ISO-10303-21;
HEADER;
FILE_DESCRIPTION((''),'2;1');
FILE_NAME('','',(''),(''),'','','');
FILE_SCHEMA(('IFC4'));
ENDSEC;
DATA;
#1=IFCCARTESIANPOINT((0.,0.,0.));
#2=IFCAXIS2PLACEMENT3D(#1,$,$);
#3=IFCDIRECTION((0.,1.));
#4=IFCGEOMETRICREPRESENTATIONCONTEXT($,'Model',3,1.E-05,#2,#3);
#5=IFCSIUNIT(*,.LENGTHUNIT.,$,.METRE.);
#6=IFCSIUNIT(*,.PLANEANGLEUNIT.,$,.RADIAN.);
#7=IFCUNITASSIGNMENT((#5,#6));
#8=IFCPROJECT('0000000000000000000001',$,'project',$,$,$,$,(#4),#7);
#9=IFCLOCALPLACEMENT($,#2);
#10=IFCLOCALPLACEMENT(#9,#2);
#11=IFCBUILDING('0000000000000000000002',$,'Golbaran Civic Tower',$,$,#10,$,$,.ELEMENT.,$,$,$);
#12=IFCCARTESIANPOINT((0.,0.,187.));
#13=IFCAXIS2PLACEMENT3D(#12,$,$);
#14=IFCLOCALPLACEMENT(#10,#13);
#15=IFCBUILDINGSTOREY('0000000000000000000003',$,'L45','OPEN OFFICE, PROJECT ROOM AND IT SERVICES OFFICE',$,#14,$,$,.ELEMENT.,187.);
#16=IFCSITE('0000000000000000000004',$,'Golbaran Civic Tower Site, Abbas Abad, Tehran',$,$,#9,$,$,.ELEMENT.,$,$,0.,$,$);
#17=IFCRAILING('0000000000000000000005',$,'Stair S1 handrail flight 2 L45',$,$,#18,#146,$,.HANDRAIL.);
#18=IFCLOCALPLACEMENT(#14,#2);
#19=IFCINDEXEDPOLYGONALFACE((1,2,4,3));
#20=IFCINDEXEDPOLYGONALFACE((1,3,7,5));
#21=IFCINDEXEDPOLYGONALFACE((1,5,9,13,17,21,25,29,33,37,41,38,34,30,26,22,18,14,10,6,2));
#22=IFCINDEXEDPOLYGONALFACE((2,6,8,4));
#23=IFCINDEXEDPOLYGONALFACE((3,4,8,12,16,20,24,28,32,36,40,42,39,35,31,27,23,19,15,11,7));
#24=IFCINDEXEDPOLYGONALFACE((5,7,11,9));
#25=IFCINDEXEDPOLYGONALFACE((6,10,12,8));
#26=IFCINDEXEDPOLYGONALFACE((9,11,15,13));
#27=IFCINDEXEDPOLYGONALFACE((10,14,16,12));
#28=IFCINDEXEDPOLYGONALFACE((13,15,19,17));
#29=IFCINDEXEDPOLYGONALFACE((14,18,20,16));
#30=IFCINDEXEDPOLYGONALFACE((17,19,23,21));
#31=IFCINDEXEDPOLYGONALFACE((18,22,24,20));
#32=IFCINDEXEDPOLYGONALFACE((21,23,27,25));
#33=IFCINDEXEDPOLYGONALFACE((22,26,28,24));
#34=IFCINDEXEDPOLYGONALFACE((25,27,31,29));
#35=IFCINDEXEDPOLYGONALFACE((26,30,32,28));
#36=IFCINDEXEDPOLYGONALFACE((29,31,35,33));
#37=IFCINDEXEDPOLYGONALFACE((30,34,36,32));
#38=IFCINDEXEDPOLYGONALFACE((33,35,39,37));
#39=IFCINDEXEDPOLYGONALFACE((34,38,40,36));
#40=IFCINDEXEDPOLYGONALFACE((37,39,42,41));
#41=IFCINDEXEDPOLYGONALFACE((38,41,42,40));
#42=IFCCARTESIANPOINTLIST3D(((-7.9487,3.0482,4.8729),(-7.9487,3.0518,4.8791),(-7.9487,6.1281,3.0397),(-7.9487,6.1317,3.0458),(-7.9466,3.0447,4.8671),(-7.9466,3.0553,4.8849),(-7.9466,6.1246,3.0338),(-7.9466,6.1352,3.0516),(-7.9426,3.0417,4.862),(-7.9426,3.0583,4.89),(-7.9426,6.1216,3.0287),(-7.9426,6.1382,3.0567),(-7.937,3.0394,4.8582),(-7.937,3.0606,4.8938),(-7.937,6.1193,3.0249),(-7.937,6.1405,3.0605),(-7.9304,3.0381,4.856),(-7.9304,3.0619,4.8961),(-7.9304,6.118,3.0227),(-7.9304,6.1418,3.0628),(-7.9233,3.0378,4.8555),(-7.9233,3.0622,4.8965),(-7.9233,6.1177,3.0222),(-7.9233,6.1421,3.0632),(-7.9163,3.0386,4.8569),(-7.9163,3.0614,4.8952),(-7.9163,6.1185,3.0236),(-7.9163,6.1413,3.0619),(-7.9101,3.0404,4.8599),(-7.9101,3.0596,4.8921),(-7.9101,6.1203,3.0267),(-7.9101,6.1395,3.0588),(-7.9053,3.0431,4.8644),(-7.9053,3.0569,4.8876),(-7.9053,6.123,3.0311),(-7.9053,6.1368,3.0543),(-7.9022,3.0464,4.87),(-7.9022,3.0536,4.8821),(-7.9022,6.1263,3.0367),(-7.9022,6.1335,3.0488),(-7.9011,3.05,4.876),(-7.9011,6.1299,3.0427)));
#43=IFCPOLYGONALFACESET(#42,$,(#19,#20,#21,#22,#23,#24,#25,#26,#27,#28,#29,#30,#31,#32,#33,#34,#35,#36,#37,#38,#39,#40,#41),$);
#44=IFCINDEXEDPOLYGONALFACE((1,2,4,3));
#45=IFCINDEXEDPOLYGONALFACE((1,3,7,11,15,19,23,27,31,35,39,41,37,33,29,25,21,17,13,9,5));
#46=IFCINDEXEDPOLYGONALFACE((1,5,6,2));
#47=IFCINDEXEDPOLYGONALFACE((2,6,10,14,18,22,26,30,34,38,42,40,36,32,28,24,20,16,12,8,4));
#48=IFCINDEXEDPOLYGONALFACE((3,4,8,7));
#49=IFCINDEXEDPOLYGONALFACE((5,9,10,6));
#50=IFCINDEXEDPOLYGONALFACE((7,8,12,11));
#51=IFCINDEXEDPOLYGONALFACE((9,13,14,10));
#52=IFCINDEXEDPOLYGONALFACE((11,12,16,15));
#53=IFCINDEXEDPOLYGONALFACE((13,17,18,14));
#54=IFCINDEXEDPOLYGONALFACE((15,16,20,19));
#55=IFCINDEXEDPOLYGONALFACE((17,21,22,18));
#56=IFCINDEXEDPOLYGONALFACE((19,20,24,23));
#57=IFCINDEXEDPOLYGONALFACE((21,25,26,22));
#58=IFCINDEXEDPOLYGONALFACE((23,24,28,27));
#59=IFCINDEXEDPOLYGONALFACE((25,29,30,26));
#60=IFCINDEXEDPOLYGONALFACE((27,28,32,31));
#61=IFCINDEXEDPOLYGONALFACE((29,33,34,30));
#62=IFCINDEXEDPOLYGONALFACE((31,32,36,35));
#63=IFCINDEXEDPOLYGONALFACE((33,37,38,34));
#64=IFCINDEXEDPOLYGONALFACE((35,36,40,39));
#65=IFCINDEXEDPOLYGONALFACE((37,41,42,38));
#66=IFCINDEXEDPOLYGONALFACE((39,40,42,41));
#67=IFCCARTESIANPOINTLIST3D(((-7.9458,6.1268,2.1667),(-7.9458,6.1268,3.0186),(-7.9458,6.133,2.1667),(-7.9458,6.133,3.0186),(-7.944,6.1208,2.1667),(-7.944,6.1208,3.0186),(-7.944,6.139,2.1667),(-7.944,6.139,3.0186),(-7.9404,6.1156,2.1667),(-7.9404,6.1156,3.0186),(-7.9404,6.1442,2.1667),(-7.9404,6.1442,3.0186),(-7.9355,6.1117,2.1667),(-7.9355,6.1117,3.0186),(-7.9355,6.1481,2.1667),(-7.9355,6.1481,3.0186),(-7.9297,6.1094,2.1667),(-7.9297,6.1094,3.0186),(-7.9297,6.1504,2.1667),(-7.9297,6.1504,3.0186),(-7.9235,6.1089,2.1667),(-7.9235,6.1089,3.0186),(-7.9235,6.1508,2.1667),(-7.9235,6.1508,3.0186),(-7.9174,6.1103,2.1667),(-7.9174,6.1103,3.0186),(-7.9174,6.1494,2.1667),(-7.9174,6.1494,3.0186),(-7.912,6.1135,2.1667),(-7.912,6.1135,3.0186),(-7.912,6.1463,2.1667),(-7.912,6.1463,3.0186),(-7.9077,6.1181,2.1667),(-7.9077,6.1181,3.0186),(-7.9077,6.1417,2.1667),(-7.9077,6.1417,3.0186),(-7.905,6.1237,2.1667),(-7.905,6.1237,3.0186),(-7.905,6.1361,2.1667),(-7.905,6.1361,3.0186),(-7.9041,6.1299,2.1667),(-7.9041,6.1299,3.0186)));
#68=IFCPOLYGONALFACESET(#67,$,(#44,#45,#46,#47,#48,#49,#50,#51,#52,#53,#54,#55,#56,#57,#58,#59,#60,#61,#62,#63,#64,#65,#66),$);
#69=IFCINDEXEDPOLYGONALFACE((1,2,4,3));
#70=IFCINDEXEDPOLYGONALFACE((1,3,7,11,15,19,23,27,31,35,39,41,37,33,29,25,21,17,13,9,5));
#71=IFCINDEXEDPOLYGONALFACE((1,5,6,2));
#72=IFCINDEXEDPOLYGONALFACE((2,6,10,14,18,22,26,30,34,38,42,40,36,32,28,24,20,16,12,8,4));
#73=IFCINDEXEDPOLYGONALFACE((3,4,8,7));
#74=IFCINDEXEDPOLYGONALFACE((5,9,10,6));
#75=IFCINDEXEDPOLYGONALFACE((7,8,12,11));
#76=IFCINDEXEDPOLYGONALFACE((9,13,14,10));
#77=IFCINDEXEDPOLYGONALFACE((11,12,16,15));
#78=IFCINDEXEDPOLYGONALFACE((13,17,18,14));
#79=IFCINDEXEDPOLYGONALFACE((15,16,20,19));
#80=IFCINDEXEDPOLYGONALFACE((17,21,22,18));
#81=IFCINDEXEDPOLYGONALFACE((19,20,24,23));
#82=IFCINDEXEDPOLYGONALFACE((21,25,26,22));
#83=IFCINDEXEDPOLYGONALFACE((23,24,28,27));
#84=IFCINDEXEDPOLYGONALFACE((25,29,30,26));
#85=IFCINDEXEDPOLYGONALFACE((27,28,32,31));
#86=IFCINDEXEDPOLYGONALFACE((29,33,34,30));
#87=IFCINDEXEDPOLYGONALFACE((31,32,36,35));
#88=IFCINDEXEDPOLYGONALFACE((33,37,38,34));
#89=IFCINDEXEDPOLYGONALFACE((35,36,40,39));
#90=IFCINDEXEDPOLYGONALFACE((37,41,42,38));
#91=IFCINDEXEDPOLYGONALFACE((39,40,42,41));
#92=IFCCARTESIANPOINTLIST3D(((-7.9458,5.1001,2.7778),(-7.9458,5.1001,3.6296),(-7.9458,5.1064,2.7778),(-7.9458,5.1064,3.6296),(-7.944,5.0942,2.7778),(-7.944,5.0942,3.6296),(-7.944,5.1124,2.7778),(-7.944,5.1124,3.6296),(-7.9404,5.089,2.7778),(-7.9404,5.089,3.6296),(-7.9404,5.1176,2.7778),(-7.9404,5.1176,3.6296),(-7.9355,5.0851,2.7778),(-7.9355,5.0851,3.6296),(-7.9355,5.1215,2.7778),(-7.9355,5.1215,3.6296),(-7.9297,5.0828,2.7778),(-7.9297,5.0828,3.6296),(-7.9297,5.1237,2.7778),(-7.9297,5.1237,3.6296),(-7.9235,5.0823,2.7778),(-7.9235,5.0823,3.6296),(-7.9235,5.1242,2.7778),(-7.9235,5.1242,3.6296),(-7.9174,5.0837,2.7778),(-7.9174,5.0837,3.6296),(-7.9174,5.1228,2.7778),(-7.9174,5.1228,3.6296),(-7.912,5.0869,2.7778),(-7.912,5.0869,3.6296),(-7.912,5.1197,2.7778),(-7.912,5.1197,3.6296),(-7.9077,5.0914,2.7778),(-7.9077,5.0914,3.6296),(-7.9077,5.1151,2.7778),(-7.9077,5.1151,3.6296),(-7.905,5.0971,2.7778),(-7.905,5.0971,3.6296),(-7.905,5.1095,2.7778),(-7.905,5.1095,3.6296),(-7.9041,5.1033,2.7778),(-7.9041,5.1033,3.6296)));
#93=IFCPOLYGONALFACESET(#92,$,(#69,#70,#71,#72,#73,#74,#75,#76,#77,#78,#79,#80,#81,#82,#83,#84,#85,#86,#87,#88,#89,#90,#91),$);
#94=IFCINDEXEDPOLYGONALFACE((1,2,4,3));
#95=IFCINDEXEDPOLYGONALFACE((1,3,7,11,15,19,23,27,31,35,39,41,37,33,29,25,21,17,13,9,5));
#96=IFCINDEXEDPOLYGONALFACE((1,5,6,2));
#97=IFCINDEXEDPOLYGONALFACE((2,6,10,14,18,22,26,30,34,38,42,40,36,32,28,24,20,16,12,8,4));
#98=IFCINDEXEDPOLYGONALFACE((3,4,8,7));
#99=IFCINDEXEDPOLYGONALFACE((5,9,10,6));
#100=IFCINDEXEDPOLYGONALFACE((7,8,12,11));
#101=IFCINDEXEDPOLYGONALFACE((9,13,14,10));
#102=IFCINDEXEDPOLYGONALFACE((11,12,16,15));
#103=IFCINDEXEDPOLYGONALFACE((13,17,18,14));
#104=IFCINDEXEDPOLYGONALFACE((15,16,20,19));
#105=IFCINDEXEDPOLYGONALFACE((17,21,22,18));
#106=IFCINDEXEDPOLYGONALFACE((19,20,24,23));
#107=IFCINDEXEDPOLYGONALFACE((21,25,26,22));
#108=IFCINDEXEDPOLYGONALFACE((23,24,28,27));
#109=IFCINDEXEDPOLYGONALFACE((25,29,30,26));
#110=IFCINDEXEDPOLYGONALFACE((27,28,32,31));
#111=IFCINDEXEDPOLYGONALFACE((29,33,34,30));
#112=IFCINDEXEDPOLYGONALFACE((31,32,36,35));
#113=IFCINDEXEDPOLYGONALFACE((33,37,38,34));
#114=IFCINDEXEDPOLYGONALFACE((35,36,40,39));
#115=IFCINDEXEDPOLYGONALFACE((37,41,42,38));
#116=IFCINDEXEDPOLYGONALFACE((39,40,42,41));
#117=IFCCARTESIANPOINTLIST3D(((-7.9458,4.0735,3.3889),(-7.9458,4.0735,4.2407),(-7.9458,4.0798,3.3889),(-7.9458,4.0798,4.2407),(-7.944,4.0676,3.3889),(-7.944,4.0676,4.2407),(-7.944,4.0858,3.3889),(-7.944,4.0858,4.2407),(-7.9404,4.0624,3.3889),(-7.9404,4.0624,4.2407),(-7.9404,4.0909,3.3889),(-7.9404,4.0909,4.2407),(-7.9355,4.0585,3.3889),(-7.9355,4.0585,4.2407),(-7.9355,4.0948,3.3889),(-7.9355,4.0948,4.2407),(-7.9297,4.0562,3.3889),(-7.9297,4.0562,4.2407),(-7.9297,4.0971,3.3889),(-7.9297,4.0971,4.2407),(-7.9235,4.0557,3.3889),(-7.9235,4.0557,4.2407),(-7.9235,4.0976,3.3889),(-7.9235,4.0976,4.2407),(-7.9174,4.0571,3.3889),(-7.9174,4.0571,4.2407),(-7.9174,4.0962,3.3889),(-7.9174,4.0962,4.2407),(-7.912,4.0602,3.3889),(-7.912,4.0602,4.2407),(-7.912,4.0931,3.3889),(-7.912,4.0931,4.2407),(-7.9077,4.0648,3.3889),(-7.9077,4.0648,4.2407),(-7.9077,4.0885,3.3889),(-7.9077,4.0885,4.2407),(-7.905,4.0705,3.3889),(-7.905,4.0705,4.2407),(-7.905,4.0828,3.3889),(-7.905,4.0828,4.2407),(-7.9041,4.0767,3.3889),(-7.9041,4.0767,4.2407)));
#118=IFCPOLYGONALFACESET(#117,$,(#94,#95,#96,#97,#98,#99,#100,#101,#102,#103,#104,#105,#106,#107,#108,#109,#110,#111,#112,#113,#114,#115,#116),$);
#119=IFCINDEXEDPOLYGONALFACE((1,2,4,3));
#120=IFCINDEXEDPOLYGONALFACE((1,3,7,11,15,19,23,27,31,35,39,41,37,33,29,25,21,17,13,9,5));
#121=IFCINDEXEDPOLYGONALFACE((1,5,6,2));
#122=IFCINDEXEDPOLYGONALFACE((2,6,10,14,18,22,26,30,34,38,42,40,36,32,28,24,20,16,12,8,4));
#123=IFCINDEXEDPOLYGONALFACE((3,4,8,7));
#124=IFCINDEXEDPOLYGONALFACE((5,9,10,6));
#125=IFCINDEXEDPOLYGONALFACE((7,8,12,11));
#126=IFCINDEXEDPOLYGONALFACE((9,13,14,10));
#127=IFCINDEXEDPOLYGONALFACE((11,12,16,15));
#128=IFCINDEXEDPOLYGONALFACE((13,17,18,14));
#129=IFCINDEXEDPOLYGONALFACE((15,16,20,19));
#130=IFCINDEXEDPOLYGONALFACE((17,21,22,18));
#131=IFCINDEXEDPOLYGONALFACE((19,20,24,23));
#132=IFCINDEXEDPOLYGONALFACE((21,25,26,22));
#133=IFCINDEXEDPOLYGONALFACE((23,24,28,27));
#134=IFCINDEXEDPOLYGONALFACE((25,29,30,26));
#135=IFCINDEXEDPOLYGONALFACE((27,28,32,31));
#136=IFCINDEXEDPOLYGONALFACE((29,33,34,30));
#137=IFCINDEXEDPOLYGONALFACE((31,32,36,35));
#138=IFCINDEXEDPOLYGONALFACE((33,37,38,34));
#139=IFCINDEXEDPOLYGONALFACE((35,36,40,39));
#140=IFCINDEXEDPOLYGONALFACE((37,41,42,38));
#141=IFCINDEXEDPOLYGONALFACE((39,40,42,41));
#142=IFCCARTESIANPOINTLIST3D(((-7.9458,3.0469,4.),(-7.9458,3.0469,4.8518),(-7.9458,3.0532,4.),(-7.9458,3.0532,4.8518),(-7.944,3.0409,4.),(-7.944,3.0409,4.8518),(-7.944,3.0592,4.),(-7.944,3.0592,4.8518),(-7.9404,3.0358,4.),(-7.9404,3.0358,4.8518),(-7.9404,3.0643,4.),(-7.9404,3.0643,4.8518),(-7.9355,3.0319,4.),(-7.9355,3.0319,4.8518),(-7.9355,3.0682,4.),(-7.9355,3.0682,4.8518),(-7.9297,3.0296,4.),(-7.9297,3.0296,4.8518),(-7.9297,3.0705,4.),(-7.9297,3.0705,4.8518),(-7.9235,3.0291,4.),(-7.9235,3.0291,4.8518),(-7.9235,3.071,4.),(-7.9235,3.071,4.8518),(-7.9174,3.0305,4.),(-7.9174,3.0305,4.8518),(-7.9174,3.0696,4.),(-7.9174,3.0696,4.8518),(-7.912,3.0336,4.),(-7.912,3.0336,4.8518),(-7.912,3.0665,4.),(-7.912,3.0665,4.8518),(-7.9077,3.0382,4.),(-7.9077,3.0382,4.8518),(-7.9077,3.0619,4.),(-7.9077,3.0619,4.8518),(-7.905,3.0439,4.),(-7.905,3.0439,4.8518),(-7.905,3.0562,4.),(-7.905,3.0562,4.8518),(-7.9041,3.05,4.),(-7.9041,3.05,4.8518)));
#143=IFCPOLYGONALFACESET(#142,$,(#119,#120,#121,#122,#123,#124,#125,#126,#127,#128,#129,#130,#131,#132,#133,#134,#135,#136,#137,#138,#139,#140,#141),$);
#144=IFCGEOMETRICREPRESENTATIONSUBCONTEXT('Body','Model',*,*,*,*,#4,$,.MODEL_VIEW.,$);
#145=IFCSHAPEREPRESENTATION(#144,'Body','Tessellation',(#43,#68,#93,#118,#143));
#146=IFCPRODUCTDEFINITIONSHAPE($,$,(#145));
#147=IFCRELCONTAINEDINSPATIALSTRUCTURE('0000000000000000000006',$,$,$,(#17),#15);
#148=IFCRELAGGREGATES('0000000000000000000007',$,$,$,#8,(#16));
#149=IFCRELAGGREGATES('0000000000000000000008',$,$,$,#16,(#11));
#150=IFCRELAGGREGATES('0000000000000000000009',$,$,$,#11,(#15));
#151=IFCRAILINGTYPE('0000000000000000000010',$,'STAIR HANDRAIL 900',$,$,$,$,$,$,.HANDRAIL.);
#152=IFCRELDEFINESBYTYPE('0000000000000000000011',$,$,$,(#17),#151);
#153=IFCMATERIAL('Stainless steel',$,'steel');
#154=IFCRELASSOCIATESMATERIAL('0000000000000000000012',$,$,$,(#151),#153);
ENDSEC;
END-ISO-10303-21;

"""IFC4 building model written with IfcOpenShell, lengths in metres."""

from ifc_helpers import new_model, si_unit, direction, frame, origin, origin_2d, place, context, subcontext, project, spatial, circle, extrude, material, type_object, element, save


model = new_model("IFC4")

# Units and contexts
model_context = context("Model", 3, precision=1e-05, world=origin(), true_north=direction((0.0, 1.0)))
body_context = subcontext(model_context, "Body", "Model", "MODEL_VIEW")
ifc_project = project(units=[si_unit("LENGTHUNIT", "METRE"), si_unit("PLANEANGLEUNIT", "RADIAN")], contexts=[model_context])

# Site, building, storey
site_placement = place(None, origin())
site = spatial("IfcSite", under=ifc_project, at=site_placement, Name="Golbaran Civic Tower Site, Abbas Abad, Tehran", CompositionType="ELEMENT", RefElevation=0.0)
building_placement = place(site_placement, origin())
building = spatial("IfcBuilding", under=site, at=building_placement, Name="Golbaran Civic Tower", CompositionType="ELEMENT")
storey_placement = place(building_placement, frame((0.0, 0.0, 187.0)))
storey = spatial("IfcBuildingStorey", under=building, at=storey_placement, Name="L45", Description="OPEN OFFICE, PROJECT ROOM AND IT SERVICES OFFICE", CompositionType="ELEMENT", Elevation=187.0)

# Shared definitions
ifc_material_1 = material(Name="Stainless steel", Category="steel")

# Railing
railing_type = type_object("IfcRailingType", Name="STAIR HANDRAIL 900", PredefinedType="HANDRAIL", material=ifc_material_1)
railing_1_placement = place(storey_placement, frame((-7.925, 6.1299, 2.1667)))
element("IfcRailing", 1, at=railing_1_placement, inside=storey, type_object=railing_type, Name="Stair S1 handrail flight 2 L45", PredefinedType="HANDRAIL", context=body_context, shape_type="SweptSolid", body=[
    extrude(circle(Radius=0.0239, at=origin_2d()), frame((0.0, 0.0, 0.876), z_axis=(0.0, -0.859291, 0.511487), x_axis=(1.0, 0.0, 0.0)), (0.0, 0.0, 1.0), 3.5842),
    extrude(circle(Radius=0.021, at=origin_2d()), origin(), (0.0, 0.0, 1.0), 0.8518),
    extrude(circle(Radius=0.021, at=origin_2d()), frame((0.0, -1.0266, 0.6111)), (0.0, 0.0, 1.0), 0.8518),
    extrude(circle(Radius=0.021, at=origin_2d()), frame((0.0, -2.0532, 1.2222)), (0.0, 0.0, 1.0), 0.8518),
    extrude(circle(Radius=0.021, at=origin_2d()), frame((0.0, -3.0798, 1.8333)), (0.0, 0.0, 1.0), 0.8518),
])

save(model, "model.ifc")
